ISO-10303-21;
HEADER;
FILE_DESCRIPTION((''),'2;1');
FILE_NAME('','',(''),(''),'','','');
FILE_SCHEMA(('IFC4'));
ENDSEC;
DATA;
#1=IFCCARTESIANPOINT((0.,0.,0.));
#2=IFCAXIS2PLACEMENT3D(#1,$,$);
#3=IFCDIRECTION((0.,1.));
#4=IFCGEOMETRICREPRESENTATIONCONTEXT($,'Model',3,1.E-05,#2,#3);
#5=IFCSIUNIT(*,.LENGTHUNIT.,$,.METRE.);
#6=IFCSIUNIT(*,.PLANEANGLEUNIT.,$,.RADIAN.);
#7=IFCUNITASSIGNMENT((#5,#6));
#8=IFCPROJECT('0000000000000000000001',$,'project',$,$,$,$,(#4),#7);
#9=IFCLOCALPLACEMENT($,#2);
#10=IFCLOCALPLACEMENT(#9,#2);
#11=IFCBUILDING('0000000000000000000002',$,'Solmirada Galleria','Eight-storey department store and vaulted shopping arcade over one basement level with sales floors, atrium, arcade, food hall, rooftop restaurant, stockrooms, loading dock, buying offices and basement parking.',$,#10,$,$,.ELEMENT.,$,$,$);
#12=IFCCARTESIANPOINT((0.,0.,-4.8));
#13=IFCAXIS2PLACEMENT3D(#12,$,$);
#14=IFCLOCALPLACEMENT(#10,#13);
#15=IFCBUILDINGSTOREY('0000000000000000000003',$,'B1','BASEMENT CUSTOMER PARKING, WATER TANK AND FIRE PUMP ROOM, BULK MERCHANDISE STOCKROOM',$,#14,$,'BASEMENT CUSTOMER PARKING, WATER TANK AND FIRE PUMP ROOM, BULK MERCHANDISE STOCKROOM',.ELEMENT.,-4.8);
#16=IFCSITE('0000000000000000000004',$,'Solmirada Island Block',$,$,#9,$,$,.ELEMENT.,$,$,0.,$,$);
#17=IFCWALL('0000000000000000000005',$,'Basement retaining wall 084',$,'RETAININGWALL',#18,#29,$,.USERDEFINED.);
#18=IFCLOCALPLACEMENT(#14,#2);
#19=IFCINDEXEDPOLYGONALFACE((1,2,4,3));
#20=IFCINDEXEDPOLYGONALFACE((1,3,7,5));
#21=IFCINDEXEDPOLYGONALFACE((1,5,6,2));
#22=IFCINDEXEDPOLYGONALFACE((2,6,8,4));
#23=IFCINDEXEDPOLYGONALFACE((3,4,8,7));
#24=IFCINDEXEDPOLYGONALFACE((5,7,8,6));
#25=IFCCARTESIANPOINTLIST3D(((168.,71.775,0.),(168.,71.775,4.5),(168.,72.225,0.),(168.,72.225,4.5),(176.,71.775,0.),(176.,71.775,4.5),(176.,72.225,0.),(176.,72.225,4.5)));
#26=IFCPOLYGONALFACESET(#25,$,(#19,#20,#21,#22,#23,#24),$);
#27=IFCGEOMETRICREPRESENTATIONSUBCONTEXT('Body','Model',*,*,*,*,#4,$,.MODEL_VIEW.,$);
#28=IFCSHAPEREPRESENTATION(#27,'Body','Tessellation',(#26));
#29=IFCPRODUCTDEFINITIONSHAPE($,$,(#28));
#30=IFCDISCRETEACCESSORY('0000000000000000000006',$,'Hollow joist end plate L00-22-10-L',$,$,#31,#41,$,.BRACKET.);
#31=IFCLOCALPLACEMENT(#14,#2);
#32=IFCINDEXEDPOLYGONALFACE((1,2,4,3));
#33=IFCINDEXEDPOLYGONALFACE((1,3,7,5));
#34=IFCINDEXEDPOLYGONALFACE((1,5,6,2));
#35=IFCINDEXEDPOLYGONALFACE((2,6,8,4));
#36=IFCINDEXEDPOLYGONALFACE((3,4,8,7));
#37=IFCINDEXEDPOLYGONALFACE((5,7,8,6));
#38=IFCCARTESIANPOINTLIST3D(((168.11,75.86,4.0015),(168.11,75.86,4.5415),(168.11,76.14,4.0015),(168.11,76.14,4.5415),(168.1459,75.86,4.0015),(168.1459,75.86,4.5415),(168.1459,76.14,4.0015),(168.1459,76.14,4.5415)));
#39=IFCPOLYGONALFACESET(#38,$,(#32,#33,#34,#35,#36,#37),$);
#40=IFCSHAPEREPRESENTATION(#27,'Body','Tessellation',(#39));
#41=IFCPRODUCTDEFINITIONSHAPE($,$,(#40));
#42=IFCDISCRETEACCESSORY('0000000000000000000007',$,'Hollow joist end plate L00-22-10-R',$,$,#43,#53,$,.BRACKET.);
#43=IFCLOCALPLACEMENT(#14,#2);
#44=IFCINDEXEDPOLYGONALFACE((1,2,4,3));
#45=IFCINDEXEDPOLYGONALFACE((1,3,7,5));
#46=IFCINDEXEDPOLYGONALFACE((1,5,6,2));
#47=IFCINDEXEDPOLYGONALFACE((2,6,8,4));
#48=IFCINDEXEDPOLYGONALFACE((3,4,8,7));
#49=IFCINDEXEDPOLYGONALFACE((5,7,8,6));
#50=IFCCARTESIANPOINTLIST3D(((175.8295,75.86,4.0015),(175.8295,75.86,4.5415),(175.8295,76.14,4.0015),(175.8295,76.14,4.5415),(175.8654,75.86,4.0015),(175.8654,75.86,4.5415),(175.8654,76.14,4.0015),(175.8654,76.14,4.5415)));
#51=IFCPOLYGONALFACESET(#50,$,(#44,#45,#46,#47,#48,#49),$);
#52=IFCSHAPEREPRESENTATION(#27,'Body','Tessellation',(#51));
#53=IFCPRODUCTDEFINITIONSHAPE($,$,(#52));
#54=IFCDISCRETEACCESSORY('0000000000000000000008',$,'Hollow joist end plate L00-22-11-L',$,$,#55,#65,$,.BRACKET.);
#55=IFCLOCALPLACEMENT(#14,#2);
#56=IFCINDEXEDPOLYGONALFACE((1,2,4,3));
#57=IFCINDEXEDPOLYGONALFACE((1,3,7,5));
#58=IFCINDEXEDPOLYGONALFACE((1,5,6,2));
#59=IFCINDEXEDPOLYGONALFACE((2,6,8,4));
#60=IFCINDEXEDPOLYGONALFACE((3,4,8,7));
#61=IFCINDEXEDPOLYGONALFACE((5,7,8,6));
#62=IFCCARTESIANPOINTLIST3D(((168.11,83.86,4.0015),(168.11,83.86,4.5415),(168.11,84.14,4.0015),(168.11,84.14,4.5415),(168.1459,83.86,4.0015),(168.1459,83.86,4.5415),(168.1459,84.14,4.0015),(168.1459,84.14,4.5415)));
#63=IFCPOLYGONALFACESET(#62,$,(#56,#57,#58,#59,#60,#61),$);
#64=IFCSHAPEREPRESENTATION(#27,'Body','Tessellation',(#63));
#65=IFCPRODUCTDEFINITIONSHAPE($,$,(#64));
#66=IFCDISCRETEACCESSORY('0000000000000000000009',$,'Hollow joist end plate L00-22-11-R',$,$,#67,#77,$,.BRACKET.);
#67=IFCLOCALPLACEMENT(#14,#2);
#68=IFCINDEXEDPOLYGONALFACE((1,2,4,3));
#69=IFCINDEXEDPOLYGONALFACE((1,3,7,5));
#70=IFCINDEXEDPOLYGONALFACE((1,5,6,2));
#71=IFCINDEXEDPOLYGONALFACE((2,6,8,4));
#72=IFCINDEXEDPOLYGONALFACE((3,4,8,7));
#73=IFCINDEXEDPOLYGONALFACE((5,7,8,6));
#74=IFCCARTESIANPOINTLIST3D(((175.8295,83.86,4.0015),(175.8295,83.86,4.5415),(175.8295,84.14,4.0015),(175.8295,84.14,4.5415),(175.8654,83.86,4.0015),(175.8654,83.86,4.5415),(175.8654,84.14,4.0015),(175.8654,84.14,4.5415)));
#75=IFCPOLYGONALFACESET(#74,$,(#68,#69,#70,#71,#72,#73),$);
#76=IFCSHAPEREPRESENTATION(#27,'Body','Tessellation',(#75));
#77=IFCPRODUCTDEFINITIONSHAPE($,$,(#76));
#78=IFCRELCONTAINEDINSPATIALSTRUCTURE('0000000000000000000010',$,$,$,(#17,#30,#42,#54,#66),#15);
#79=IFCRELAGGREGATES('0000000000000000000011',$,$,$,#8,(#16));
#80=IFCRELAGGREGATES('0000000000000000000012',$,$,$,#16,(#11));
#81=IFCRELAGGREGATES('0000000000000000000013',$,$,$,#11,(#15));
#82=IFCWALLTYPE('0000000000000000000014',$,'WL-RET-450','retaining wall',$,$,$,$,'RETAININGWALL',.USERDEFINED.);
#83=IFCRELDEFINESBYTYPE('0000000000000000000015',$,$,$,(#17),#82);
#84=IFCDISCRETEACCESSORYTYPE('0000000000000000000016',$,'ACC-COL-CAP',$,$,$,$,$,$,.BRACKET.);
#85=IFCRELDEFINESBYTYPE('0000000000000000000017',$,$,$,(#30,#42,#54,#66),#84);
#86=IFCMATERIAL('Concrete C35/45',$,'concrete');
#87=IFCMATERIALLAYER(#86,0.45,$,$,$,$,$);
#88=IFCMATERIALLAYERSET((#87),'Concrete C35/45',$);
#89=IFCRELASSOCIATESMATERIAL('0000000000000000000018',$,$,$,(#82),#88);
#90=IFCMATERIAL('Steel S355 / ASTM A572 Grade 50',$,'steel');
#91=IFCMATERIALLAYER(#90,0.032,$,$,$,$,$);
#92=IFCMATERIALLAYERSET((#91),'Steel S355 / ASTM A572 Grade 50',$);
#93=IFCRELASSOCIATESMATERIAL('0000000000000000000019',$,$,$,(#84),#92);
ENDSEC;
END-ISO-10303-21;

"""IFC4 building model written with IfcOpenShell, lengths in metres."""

from ifc_helpers import new_model, si_unit, direction, frame, frame_2d, origin, origin_2d, place, context, subcontext, project, spatial, rectangle, extrude, material, layer, layer_set, type_object, element, save


model = new_model("IFC4")

# Units and contexts
model_context = context("Model", 3, precision=1e-05, world=origin(), true_north=direction((0.0, 1.0)))
body_context = subcontext(model_context, "Body", "Model", "MODEL_VIEW")
ifc_project = project(units=[si_unit("LENGTHUNIT", "METRE"), si_unit("PLANEANGLEUNIT", "RADIAN")], contexts=[model_context])

# Site, building, storey
site_placement = place(None, origin())
site = spatial("IfcSite", under=ifc_project, at=site_placement, Name="Solmirada Island Block", CompositionType="ELEMENT", RefElevation=0.0)
building_placement = place(site_placement, origin())
building = spatial("IfcBuilding", under=site, at=building_placement, Name="Solmirada Galleria", Description="Eight-storey department store and vaulted shopping arcade over one basement level with sales floors, atrium, arcade, food hall, rooftop restaurant, stockrooms, loading dock, buying offices and basement parking.", CompositionType="ELEMENT")
storey_placement = place(building_placement, frame((0.0, 0.0, -4.8)))
storey = spatial("IfcBuildingStorey", under=building, at=storey_placement, Name="B1", Description="BASEMENT CUSTOMER PARKING, WATER TANK AND FIRE PUMP ROOM, BULK MERCHANDISE STOCKROOM", LongName="BASEMENT CUSTOMER PARKING, WATER TANK AND FIRE PUMP ROOM, BULK MERCHANDISE STOCKROOM", CompositionType="ELEMENT", Elevation=-4.8)

# Shared definitions
ifc_material_1 = material(Name="Concrete C35/45", Category="concrete")

# Shared definitions
ifc_material_2 = material(Name="Steel S355 / ASTM A572 Grade 50", Category="steel")

# Wall
ifc_layer_1 = layer(ifc_material_1, 0.45)
ifc_layer_set_1 = layer_set([ifc_layer_1], Name="Concrete C35/45")
wall_type_1 = type_object("IfcWallType", Name="WL-RET-450", Description="retaining wall", ElementType="RETAININGWALL", PredefinedType="USERDEFINED", material=ifc_layer_set_1)
wall_1_placement = place(storey_placement, frame((176.0, 72.0, 0.0), z_axis=(0.0, 0.0, 1.0), x_axis=(-1.0, 0.0, 0.0)))
element("IfcWall", 1, at=wall_1_placement, inside=storey, type_object=wall_type_1, Name="Basement retaining wall 084", ObjectType="RETAININGWALL", PredefinedType="USERDEFINED", context=body_context, shape_type="SweptSolid", body=[
    extrude(rectangle(XDim=8.0, YDim=0.45, at=frame_2d((4.0, 0.0))), origin(), (0.0, 0.0, 1.0), 4.5),
])

# Discrete accessories
ifc_layer_2 = layer(ifc_material_2, 0.032)
ifc_layer_set_2 = layer_set([ifc_layer_2], Name="Steel S355 / ASTM A572 Grade 50")
discrete_accessory_type = type_object("IfcDiscreteAccessoryType", Name="ACC-COL-CAP", PredefinedType="BRACKET", material=ifc_layer_set_2)
for number, where, z_axis, x_axis, name in (
    (2, (168.1279, 76.0, 4.0015), (0.0, 0.0, 1.0), (1.0, 0.0, 0.0), "Hollow joist end plate L00-22-10-L"),
    (3, (175.8474, 76.0, 4.0015), (0.0, 0.0, 1.0), (1.0, 0.0, 0.0), "Hollow joist end plate L00-22-10-R"),
    (4, (168.1279, 84.0, 4.0015), (0.0, 0.0, 1.0), (1.0, 0.0, 0.0), "Hollow joist end plate L00-22-11-L"),
    (5, (175.8474, 84.0, 4.0015), (0.0, 0.0, 1.0), (1.0, 0.0, 0.0), "Hollow joist end plate L00-22-11-R"),
):
    element("IfcDiscreteAccessory", number, at=place(storey_placement, frame(where, z_axis=z_axis, x_axis=x_axis)), inside=storey, type_object=discrete_accessory_type, Name=name, PredefinedType="BRACKET", context=body_context, shape_type="SweptSolid", body=[
        extrude(rectangle(XDim=0.0359, YDim=0.28, at=origin_2d()), origin(), (0.0, 0.0, 1.0), 0.54),
    ])

save(model, "model.ifc")
